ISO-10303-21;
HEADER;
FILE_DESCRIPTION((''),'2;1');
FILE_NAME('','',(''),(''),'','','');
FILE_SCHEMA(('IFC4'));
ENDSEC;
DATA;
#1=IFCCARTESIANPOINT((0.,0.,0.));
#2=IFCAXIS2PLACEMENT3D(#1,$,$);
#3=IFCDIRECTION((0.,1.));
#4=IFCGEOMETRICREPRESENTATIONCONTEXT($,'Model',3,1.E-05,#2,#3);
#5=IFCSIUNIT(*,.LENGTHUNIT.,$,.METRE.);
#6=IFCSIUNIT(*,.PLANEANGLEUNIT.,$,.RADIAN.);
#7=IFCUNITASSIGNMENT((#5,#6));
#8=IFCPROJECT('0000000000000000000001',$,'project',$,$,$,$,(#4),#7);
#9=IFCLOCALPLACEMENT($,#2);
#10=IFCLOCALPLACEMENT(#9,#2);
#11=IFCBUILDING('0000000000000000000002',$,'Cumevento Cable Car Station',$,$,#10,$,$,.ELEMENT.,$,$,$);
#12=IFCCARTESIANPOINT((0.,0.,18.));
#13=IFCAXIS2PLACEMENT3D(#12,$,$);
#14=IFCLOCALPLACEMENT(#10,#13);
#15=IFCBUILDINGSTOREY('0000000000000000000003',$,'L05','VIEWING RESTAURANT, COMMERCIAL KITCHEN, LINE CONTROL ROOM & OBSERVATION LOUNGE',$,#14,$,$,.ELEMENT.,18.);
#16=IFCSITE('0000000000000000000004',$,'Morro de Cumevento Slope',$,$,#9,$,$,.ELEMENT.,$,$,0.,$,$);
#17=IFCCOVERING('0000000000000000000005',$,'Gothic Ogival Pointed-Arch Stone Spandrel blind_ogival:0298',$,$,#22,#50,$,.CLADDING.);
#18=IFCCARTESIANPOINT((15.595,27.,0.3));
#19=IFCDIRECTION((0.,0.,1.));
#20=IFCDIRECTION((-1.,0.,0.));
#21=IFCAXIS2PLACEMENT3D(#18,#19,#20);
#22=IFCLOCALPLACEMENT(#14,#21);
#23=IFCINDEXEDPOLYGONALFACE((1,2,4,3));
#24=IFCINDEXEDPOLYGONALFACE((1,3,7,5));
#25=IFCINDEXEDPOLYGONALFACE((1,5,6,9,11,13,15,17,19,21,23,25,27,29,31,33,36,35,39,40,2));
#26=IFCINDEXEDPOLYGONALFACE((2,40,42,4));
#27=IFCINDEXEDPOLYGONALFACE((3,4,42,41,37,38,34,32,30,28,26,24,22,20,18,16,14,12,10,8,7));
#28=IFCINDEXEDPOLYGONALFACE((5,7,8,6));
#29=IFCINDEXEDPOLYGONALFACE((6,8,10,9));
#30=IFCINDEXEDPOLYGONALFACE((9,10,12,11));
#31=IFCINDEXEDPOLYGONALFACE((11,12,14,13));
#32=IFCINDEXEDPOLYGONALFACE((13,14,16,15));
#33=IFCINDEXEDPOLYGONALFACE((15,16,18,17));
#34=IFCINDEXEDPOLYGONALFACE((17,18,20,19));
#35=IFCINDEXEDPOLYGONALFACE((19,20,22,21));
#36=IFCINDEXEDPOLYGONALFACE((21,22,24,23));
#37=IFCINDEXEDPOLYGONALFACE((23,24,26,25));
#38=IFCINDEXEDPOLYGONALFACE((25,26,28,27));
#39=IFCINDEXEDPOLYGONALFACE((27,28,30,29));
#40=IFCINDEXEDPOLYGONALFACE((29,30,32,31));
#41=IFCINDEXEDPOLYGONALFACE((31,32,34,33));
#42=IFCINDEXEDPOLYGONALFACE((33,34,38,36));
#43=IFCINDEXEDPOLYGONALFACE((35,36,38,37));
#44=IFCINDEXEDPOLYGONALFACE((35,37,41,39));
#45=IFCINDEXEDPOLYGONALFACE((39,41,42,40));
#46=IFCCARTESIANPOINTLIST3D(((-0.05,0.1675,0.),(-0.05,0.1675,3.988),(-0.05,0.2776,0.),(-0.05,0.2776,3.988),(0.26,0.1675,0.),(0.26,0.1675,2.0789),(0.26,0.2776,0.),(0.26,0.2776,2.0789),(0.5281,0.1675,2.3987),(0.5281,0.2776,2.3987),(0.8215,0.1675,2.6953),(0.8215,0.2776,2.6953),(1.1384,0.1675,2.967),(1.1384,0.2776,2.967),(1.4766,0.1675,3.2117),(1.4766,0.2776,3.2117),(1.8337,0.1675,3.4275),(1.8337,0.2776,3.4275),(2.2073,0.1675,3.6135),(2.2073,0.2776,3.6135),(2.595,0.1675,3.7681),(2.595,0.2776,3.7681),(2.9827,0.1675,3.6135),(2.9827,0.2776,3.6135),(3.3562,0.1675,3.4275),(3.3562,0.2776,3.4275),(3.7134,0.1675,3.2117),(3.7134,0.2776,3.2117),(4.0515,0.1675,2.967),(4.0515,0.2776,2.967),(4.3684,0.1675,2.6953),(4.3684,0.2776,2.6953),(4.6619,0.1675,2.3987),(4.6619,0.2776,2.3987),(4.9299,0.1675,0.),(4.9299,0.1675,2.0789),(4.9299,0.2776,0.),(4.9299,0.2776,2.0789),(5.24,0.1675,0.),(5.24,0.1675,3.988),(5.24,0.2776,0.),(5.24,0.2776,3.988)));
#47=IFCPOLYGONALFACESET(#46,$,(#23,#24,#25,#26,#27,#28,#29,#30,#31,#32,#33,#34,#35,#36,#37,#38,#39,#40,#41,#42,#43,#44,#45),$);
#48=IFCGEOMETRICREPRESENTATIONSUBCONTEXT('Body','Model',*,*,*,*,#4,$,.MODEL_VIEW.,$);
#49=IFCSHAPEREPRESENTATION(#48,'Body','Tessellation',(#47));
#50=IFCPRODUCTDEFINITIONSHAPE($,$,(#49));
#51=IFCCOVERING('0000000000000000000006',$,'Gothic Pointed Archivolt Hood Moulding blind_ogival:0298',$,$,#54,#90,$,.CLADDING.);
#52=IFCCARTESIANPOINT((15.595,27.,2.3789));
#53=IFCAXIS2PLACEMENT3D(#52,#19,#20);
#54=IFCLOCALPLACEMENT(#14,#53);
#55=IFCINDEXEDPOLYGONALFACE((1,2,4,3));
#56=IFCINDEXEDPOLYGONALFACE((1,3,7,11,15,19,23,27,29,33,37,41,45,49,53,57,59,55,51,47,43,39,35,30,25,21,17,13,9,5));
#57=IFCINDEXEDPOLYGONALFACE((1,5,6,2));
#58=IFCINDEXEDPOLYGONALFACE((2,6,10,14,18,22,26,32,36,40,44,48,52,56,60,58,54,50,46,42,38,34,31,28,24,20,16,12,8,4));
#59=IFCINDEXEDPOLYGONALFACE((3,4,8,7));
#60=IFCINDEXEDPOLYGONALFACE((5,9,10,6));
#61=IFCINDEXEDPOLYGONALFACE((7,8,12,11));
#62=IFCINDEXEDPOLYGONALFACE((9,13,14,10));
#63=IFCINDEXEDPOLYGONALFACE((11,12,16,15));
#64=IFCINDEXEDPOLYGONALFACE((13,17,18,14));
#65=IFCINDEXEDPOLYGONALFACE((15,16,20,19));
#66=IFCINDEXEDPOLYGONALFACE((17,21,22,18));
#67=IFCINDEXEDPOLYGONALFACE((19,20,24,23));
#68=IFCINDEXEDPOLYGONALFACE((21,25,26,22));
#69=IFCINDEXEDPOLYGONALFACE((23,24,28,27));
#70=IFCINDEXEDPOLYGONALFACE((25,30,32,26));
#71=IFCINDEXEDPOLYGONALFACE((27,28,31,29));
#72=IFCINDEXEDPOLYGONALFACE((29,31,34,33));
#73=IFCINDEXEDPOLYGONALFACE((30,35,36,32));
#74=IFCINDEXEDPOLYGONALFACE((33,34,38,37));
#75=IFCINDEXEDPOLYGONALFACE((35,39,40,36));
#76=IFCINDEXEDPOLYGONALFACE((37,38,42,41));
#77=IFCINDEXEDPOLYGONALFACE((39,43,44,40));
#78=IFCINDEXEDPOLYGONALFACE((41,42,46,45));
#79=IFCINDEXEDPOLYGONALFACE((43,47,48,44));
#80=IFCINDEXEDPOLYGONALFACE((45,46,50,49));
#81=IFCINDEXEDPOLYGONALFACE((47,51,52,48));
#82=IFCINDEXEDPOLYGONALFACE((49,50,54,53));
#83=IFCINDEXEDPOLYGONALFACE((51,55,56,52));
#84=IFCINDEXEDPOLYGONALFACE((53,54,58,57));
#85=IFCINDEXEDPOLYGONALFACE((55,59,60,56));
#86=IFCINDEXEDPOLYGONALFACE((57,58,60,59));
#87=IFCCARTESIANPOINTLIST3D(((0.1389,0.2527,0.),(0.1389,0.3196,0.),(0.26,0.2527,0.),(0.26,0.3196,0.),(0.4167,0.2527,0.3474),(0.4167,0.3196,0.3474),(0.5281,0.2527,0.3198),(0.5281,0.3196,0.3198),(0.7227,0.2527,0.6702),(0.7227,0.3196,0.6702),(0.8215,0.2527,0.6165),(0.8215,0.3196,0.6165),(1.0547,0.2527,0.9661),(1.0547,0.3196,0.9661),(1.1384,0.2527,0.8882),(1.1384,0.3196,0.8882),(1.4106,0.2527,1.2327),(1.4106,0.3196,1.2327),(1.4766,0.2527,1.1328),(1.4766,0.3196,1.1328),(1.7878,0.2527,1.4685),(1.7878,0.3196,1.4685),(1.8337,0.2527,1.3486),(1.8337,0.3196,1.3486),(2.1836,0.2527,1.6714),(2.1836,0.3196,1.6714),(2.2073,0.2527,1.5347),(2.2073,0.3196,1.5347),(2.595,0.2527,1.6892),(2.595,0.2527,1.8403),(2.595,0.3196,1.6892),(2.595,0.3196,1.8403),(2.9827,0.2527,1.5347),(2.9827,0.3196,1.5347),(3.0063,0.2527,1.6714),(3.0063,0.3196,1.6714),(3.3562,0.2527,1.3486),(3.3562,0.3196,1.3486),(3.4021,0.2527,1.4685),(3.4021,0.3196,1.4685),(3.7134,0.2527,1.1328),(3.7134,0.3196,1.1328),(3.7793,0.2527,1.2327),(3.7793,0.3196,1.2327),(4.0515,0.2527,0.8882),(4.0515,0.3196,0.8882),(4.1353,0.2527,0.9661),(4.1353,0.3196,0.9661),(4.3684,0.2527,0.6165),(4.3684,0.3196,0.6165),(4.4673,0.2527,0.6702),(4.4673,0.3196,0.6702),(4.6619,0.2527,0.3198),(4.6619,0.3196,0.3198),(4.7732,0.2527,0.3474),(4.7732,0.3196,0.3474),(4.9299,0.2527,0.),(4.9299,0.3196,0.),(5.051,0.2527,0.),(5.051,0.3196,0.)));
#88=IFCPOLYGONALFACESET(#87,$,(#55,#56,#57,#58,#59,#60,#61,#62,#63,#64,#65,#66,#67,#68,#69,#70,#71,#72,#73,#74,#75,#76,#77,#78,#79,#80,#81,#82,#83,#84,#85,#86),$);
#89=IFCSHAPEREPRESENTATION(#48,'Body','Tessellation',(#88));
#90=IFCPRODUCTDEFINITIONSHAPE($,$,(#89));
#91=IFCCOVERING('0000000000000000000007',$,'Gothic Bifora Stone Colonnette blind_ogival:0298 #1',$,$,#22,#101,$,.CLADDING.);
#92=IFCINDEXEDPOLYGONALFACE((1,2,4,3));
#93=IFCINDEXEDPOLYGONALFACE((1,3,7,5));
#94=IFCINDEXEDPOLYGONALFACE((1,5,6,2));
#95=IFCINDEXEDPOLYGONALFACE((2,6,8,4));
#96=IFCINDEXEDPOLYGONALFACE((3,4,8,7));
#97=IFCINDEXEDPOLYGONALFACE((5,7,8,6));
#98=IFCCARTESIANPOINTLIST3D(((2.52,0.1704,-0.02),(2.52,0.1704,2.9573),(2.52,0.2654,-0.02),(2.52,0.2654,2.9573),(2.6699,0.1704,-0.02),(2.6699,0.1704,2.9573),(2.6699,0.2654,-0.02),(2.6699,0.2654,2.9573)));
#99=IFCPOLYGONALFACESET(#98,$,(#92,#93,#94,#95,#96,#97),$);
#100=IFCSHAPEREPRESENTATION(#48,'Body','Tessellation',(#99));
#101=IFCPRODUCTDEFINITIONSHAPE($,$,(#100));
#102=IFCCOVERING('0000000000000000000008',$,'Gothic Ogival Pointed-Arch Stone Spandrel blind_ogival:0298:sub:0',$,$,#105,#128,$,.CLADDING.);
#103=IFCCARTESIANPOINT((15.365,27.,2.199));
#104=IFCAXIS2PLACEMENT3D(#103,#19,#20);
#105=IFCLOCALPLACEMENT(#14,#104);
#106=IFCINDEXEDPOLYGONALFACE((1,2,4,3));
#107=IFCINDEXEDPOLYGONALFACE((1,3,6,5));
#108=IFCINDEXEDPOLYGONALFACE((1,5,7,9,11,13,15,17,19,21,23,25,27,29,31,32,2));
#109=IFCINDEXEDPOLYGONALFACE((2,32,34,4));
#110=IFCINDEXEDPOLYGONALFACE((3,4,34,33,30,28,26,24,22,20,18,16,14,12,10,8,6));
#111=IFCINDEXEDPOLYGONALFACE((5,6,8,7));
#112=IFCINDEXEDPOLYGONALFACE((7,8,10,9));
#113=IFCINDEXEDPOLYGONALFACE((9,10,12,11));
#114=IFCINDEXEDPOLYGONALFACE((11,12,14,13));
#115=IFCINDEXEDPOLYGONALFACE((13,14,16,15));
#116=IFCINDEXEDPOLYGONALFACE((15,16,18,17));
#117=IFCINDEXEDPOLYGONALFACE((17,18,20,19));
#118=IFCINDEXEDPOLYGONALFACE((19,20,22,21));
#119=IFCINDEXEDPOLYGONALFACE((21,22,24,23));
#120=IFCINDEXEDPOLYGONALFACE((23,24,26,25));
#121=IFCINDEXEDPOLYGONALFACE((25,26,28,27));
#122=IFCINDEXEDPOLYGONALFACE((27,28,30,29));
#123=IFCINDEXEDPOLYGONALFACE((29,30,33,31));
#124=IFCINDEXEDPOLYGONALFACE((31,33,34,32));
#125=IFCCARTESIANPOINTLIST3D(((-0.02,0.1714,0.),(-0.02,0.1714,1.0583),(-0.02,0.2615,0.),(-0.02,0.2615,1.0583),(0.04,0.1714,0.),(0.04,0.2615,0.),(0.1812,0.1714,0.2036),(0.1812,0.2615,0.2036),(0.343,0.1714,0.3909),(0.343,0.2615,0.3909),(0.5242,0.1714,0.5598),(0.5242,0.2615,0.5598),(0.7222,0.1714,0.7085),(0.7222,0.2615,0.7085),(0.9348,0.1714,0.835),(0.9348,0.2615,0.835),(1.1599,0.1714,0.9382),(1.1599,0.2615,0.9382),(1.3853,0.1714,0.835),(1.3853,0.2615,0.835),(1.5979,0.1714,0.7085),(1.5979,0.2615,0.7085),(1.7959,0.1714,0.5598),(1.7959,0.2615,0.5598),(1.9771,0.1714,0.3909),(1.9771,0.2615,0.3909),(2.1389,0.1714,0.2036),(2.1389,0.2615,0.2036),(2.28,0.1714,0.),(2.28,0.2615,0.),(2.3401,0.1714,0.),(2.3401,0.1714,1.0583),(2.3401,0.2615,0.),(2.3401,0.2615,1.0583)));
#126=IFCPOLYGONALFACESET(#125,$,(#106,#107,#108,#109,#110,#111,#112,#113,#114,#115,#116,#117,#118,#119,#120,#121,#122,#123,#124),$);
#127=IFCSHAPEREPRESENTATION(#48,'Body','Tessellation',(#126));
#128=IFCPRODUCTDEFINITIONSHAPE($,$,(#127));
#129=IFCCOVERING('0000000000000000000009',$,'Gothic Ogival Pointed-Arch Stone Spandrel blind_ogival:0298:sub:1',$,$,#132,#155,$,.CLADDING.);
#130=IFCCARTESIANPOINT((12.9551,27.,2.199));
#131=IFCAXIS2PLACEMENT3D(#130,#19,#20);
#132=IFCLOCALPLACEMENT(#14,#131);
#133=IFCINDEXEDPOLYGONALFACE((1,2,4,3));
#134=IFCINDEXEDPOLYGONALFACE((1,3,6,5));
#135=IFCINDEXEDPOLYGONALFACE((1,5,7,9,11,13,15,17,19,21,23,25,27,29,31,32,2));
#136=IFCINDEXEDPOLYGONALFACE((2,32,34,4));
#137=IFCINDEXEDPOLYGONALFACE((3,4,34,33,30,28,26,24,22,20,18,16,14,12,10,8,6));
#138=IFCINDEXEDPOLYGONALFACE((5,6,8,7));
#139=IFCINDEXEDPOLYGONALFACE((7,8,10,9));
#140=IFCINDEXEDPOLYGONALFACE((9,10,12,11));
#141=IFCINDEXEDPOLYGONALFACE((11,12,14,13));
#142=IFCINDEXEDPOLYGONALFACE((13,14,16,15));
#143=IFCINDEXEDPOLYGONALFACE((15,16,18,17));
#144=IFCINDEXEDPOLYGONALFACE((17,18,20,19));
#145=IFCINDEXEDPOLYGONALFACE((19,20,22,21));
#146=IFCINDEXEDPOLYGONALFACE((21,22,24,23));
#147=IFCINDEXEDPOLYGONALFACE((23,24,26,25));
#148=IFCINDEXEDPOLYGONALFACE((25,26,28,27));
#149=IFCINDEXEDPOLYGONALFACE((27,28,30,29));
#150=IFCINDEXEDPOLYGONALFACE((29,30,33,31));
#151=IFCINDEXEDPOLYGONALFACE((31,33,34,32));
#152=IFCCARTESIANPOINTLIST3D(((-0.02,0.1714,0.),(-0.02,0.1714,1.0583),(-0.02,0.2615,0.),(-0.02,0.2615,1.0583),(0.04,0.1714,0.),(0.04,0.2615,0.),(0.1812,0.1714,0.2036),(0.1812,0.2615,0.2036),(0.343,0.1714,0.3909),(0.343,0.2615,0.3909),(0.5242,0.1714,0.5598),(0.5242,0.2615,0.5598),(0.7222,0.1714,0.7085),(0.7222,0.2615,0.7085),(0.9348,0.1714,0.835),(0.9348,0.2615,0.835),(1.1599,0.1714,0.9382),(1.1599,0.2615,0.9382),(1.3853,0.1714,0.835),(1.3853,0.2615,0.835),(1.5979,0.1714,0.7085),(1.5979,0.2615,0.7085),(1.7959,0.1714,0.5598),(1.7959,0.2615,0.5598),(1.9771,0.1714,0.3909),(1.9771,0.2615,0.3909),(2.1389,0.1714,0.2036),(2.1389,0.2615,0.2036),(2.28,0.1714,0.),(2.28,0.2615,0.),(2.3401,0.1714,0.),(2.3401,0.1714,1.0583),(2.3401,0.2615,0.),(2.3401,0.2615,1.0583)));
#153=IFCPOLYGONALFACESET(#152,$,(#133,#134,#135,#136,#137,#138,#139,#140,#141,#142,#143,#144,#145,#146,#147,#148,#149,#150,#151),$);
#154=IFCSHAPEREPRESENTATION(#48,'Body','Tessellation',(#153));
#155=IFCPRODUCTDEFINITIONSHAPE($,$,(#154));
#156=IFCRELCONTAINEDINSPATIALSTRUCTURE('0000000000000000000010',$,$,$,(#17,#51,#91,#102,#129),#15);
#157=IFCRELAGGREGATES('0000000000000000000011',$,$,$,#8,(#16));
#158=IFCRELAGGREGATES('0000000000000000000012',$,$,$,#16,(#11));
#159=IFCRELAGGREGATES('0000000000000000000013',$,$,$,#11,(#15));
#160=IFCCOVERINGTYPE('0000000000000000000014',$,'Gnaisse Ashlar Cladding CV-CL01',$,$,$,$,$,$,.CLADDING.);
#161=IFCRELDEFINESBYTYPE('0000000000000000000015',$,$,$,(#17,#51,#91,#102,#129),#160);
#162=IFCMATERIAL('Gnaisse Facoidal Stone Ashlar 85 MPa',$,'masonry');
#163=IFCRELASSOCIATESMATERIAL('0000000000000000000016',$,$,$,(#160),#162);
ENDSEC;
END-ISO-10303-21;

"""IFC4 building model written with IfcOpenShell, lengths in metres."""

from ifc_helpers import new_model, si_unit, direction, frame, origin, place, context, subcontext, project, spatial, polyline, outline, extrude, material, type_object, element, save


model = new_model("IFC4")

# Units and contexts
model_context = context("Model", 3, precision=1e-05, world=origin(), true_north=direction((0.0, 1.0)))
body_context = subcontext(model_context, "Body", "Model", "MODEL_VIEW")
ifc_project = project(units=[si_unit("LENGTHUNIT", "METRE"), si_unit("PLANEANGLEUNIT", "RADIAN")], contexts=[model_context])

# Site, building, storey
site_placement = place(None, origin())
site = spatial("IfcSite", under=ifc_project, at=site_placement, Name="Morro de Cumevento Slope", CompositionType="ELEMENT", RefElevation=0.0)
building_placement = place(site_placement, origin())
building = spatial("IfcBuilding", under=site, at=building_placement, Name="Cumevento Cable Car Station", CompositionType="ELEMENT")
storey_placement = place(building_placement, frame((0.0, 0.0, 18.0)))
storey = spatial("IfcBuildingStorey", under=building, at=storey_placement, Name="L05", Description="VIEWING RESTAURANT, COMMERCIAL KITCHEN, LINE CONTROL ROOM & OBSERVATION LOUNGE", CompositionType="ELEMENT", Elevation=18.0)

# Coverings
ifc_material_1 = material(Name="Gnaisse Facoidal Stone Ashlar 85 MPa", Category="masonry")
covering_type = type_object("IfcCoveringType", Name="Gnaisse Ashlar Cladding CV-CL01", PredefinedType="CLADDING", material=ifc_material_1)
placement = place(storey_placement, frame((15.595, 27.0, 0.3), z_axis=(0.0, 0.0, 1.0), x_axis=(-1.0, 0.0, 0.0)))
element("IfcCovering", 1, at=placement, inside=storey, type_object=covering_type, Name="Gothic Ogival Pointed-Arch Stone Spandrel blind_ogival:0298", PredefinedType="CLADDING", context=body_context, shape_type="SweptSolid", body=[
    extrude(outline(polyline([(-0.05, 0.0), (-0.05, 3.988), (5.24, 3.988), (5.24, 0.0), (4.9299, 0.0), (4.9299, 2.0789), (4.6619, 2.3987), (4.3684, 2.6953), (4.0515, 2.967), (3.7134, 3.2117), (3.3562, 3.4275), (2.9827, 3.6135), (2.595, 3.7681), (2.2073, 3.6135), (1.8337, 3.4275), (1.4766, 3.2117), (1.1384, 2.967), (0.8215, 2.6953), (0.5281, 2.3987), (0.26, 2.0789), (0.26, 0.0), (-0.05, 0.0)])), frame((0.0, 0.2776, 0.0), z_axis=(0.0, -1.0, 0.0), x_axis=(1.0, 0.0, 0.0)), (0.0, 0.0, 1.0), 0.1101),
])
covering_1_placement = place(storey_placement, frame((15.595, 27.0, 2.3789), z_axis=(0.0, 0.0, 1.0), x_axis=(-1.0, 0.0, 0.0)))
element("IfcCovering", 2, at=covering_1_placement, inside=storey, type_object=covering_type, Name="Gothic Pointed Archivolt Hood Moulding blind_ogival:0298", PredefinedType="CLADDING", context=body_context, shape_type="SweptSolid", body=[
    extrude(outline(polyline([(0.26, 0.0), (0.5281, 0.3198), (0.8215, 0.6165), (1.1384, 0.8882), (1.4766, 1.1328), (1.8337, 1.3486), (2.2073, 1.5347), (2.595, 1.6892), (2.9827, 1.5347), (3.3562, 1.3486), (3.7134, 1.1328), (4.0515, 0.8882), (4.3684, 0.6165), (4.6619, 0.3198), (4.9299, 0.0), (5.051, 0.0), (4.7732, 0.3474), (4.4673, 0.6702), (4.1353, 0.9661), (3.7793, 1.2327), (3.4021, 1.4685), (3.0063, 1.6714), (2.595, 1.8403), (2.1836, 1.6714), (1.7878, 1.4685), (1.4106, 1.2327), (1.0547, 0.9661), (0.7227, 0.6702), (0.4167, 0.3474), (0.1389, 0.0), (0.26, 0.0)])), frame((0.0, 0.3196, 0.0), z_axis=(0.0, -1.0, 0.0), x_axis=(1.0, 0.0, 0.0)), (0.0, 0.0, 1.0), 0.0669),
])
element("IfcCovering", 3, at=placement, inside=storey, type_object=covering_type, Name="Gothic Bifora Stone Colonnette blind_ogival:0298 #1", PredefinedType="CLADDING", context=body_context, shape_type="SweptSolid", body=[
    extrude(outline(polyline([(2.52, -0.02), (2.6699, -0.02), (2.6699, 2.9573), (2.52, 2.9573), (2.52, -0.02)])), frame((0.0, 0.2654, 0.0), z_axis=(0.0, -1.0, 0.0), x_axis=(1.0, 0.0, 0.0)), (0.0, 0.0, 1.0), 0.095),
])
for number, where, z_axis, x_axis, name in (
    (4, (15.365, 27.0, 2.199), (0.0, 0.0, 1.0), (-1.0, 0.0, 0.0), "Gothic Ogival Pointed-Arch Stone Spandrel blind_ogival:0298:sub:0"),
    (5, (12.9551, 27.0, 2.199), (0.0, 0.0, 1.0), (-1.0, 0.0, 0.0), "Gothic Ogival Pointed-Arch Stone Spandrel blind_ogival:0298:sub:1"),
):
    element("IfcCovering", number, at=place(storey_placement, frame(where, z_axis=z_axis, x_axis=x_axis)), inside=storey, type_object=covering_type, Name=name, PredefinedType="CLADDING", context=body_context, shape_type="SweptSolid", body=[
        extrude(outline(polyline([(-0.02, 0.0), (-0.02, 1.0583), (2.3401, 1.0583), (2.3401, 0.0), (2.28, 0.0), (2.1389, 0.2036), (1.9771, 0.3909), (1.7959, 0.5598), (1.5979, 0.7085), (1.3853, 0.835), (1.1599, 0.9382), (0.9348, 0.835), (0.7222, 0.7085), (0.5242, 0.5598), (0.343, 0.3909), (0.1812, 0.2036), (0.04, 0.0), (-0.02, 0.0)])), frame((0.0, 0.2615, 0.0), z_axis=(0.0, -1.0, 0.0), x_axis=(1.0, 0.0, 0.0)), (0.0, 0.0, 1.0), 0.0901),
    ])

save(model, "model.ifc")
